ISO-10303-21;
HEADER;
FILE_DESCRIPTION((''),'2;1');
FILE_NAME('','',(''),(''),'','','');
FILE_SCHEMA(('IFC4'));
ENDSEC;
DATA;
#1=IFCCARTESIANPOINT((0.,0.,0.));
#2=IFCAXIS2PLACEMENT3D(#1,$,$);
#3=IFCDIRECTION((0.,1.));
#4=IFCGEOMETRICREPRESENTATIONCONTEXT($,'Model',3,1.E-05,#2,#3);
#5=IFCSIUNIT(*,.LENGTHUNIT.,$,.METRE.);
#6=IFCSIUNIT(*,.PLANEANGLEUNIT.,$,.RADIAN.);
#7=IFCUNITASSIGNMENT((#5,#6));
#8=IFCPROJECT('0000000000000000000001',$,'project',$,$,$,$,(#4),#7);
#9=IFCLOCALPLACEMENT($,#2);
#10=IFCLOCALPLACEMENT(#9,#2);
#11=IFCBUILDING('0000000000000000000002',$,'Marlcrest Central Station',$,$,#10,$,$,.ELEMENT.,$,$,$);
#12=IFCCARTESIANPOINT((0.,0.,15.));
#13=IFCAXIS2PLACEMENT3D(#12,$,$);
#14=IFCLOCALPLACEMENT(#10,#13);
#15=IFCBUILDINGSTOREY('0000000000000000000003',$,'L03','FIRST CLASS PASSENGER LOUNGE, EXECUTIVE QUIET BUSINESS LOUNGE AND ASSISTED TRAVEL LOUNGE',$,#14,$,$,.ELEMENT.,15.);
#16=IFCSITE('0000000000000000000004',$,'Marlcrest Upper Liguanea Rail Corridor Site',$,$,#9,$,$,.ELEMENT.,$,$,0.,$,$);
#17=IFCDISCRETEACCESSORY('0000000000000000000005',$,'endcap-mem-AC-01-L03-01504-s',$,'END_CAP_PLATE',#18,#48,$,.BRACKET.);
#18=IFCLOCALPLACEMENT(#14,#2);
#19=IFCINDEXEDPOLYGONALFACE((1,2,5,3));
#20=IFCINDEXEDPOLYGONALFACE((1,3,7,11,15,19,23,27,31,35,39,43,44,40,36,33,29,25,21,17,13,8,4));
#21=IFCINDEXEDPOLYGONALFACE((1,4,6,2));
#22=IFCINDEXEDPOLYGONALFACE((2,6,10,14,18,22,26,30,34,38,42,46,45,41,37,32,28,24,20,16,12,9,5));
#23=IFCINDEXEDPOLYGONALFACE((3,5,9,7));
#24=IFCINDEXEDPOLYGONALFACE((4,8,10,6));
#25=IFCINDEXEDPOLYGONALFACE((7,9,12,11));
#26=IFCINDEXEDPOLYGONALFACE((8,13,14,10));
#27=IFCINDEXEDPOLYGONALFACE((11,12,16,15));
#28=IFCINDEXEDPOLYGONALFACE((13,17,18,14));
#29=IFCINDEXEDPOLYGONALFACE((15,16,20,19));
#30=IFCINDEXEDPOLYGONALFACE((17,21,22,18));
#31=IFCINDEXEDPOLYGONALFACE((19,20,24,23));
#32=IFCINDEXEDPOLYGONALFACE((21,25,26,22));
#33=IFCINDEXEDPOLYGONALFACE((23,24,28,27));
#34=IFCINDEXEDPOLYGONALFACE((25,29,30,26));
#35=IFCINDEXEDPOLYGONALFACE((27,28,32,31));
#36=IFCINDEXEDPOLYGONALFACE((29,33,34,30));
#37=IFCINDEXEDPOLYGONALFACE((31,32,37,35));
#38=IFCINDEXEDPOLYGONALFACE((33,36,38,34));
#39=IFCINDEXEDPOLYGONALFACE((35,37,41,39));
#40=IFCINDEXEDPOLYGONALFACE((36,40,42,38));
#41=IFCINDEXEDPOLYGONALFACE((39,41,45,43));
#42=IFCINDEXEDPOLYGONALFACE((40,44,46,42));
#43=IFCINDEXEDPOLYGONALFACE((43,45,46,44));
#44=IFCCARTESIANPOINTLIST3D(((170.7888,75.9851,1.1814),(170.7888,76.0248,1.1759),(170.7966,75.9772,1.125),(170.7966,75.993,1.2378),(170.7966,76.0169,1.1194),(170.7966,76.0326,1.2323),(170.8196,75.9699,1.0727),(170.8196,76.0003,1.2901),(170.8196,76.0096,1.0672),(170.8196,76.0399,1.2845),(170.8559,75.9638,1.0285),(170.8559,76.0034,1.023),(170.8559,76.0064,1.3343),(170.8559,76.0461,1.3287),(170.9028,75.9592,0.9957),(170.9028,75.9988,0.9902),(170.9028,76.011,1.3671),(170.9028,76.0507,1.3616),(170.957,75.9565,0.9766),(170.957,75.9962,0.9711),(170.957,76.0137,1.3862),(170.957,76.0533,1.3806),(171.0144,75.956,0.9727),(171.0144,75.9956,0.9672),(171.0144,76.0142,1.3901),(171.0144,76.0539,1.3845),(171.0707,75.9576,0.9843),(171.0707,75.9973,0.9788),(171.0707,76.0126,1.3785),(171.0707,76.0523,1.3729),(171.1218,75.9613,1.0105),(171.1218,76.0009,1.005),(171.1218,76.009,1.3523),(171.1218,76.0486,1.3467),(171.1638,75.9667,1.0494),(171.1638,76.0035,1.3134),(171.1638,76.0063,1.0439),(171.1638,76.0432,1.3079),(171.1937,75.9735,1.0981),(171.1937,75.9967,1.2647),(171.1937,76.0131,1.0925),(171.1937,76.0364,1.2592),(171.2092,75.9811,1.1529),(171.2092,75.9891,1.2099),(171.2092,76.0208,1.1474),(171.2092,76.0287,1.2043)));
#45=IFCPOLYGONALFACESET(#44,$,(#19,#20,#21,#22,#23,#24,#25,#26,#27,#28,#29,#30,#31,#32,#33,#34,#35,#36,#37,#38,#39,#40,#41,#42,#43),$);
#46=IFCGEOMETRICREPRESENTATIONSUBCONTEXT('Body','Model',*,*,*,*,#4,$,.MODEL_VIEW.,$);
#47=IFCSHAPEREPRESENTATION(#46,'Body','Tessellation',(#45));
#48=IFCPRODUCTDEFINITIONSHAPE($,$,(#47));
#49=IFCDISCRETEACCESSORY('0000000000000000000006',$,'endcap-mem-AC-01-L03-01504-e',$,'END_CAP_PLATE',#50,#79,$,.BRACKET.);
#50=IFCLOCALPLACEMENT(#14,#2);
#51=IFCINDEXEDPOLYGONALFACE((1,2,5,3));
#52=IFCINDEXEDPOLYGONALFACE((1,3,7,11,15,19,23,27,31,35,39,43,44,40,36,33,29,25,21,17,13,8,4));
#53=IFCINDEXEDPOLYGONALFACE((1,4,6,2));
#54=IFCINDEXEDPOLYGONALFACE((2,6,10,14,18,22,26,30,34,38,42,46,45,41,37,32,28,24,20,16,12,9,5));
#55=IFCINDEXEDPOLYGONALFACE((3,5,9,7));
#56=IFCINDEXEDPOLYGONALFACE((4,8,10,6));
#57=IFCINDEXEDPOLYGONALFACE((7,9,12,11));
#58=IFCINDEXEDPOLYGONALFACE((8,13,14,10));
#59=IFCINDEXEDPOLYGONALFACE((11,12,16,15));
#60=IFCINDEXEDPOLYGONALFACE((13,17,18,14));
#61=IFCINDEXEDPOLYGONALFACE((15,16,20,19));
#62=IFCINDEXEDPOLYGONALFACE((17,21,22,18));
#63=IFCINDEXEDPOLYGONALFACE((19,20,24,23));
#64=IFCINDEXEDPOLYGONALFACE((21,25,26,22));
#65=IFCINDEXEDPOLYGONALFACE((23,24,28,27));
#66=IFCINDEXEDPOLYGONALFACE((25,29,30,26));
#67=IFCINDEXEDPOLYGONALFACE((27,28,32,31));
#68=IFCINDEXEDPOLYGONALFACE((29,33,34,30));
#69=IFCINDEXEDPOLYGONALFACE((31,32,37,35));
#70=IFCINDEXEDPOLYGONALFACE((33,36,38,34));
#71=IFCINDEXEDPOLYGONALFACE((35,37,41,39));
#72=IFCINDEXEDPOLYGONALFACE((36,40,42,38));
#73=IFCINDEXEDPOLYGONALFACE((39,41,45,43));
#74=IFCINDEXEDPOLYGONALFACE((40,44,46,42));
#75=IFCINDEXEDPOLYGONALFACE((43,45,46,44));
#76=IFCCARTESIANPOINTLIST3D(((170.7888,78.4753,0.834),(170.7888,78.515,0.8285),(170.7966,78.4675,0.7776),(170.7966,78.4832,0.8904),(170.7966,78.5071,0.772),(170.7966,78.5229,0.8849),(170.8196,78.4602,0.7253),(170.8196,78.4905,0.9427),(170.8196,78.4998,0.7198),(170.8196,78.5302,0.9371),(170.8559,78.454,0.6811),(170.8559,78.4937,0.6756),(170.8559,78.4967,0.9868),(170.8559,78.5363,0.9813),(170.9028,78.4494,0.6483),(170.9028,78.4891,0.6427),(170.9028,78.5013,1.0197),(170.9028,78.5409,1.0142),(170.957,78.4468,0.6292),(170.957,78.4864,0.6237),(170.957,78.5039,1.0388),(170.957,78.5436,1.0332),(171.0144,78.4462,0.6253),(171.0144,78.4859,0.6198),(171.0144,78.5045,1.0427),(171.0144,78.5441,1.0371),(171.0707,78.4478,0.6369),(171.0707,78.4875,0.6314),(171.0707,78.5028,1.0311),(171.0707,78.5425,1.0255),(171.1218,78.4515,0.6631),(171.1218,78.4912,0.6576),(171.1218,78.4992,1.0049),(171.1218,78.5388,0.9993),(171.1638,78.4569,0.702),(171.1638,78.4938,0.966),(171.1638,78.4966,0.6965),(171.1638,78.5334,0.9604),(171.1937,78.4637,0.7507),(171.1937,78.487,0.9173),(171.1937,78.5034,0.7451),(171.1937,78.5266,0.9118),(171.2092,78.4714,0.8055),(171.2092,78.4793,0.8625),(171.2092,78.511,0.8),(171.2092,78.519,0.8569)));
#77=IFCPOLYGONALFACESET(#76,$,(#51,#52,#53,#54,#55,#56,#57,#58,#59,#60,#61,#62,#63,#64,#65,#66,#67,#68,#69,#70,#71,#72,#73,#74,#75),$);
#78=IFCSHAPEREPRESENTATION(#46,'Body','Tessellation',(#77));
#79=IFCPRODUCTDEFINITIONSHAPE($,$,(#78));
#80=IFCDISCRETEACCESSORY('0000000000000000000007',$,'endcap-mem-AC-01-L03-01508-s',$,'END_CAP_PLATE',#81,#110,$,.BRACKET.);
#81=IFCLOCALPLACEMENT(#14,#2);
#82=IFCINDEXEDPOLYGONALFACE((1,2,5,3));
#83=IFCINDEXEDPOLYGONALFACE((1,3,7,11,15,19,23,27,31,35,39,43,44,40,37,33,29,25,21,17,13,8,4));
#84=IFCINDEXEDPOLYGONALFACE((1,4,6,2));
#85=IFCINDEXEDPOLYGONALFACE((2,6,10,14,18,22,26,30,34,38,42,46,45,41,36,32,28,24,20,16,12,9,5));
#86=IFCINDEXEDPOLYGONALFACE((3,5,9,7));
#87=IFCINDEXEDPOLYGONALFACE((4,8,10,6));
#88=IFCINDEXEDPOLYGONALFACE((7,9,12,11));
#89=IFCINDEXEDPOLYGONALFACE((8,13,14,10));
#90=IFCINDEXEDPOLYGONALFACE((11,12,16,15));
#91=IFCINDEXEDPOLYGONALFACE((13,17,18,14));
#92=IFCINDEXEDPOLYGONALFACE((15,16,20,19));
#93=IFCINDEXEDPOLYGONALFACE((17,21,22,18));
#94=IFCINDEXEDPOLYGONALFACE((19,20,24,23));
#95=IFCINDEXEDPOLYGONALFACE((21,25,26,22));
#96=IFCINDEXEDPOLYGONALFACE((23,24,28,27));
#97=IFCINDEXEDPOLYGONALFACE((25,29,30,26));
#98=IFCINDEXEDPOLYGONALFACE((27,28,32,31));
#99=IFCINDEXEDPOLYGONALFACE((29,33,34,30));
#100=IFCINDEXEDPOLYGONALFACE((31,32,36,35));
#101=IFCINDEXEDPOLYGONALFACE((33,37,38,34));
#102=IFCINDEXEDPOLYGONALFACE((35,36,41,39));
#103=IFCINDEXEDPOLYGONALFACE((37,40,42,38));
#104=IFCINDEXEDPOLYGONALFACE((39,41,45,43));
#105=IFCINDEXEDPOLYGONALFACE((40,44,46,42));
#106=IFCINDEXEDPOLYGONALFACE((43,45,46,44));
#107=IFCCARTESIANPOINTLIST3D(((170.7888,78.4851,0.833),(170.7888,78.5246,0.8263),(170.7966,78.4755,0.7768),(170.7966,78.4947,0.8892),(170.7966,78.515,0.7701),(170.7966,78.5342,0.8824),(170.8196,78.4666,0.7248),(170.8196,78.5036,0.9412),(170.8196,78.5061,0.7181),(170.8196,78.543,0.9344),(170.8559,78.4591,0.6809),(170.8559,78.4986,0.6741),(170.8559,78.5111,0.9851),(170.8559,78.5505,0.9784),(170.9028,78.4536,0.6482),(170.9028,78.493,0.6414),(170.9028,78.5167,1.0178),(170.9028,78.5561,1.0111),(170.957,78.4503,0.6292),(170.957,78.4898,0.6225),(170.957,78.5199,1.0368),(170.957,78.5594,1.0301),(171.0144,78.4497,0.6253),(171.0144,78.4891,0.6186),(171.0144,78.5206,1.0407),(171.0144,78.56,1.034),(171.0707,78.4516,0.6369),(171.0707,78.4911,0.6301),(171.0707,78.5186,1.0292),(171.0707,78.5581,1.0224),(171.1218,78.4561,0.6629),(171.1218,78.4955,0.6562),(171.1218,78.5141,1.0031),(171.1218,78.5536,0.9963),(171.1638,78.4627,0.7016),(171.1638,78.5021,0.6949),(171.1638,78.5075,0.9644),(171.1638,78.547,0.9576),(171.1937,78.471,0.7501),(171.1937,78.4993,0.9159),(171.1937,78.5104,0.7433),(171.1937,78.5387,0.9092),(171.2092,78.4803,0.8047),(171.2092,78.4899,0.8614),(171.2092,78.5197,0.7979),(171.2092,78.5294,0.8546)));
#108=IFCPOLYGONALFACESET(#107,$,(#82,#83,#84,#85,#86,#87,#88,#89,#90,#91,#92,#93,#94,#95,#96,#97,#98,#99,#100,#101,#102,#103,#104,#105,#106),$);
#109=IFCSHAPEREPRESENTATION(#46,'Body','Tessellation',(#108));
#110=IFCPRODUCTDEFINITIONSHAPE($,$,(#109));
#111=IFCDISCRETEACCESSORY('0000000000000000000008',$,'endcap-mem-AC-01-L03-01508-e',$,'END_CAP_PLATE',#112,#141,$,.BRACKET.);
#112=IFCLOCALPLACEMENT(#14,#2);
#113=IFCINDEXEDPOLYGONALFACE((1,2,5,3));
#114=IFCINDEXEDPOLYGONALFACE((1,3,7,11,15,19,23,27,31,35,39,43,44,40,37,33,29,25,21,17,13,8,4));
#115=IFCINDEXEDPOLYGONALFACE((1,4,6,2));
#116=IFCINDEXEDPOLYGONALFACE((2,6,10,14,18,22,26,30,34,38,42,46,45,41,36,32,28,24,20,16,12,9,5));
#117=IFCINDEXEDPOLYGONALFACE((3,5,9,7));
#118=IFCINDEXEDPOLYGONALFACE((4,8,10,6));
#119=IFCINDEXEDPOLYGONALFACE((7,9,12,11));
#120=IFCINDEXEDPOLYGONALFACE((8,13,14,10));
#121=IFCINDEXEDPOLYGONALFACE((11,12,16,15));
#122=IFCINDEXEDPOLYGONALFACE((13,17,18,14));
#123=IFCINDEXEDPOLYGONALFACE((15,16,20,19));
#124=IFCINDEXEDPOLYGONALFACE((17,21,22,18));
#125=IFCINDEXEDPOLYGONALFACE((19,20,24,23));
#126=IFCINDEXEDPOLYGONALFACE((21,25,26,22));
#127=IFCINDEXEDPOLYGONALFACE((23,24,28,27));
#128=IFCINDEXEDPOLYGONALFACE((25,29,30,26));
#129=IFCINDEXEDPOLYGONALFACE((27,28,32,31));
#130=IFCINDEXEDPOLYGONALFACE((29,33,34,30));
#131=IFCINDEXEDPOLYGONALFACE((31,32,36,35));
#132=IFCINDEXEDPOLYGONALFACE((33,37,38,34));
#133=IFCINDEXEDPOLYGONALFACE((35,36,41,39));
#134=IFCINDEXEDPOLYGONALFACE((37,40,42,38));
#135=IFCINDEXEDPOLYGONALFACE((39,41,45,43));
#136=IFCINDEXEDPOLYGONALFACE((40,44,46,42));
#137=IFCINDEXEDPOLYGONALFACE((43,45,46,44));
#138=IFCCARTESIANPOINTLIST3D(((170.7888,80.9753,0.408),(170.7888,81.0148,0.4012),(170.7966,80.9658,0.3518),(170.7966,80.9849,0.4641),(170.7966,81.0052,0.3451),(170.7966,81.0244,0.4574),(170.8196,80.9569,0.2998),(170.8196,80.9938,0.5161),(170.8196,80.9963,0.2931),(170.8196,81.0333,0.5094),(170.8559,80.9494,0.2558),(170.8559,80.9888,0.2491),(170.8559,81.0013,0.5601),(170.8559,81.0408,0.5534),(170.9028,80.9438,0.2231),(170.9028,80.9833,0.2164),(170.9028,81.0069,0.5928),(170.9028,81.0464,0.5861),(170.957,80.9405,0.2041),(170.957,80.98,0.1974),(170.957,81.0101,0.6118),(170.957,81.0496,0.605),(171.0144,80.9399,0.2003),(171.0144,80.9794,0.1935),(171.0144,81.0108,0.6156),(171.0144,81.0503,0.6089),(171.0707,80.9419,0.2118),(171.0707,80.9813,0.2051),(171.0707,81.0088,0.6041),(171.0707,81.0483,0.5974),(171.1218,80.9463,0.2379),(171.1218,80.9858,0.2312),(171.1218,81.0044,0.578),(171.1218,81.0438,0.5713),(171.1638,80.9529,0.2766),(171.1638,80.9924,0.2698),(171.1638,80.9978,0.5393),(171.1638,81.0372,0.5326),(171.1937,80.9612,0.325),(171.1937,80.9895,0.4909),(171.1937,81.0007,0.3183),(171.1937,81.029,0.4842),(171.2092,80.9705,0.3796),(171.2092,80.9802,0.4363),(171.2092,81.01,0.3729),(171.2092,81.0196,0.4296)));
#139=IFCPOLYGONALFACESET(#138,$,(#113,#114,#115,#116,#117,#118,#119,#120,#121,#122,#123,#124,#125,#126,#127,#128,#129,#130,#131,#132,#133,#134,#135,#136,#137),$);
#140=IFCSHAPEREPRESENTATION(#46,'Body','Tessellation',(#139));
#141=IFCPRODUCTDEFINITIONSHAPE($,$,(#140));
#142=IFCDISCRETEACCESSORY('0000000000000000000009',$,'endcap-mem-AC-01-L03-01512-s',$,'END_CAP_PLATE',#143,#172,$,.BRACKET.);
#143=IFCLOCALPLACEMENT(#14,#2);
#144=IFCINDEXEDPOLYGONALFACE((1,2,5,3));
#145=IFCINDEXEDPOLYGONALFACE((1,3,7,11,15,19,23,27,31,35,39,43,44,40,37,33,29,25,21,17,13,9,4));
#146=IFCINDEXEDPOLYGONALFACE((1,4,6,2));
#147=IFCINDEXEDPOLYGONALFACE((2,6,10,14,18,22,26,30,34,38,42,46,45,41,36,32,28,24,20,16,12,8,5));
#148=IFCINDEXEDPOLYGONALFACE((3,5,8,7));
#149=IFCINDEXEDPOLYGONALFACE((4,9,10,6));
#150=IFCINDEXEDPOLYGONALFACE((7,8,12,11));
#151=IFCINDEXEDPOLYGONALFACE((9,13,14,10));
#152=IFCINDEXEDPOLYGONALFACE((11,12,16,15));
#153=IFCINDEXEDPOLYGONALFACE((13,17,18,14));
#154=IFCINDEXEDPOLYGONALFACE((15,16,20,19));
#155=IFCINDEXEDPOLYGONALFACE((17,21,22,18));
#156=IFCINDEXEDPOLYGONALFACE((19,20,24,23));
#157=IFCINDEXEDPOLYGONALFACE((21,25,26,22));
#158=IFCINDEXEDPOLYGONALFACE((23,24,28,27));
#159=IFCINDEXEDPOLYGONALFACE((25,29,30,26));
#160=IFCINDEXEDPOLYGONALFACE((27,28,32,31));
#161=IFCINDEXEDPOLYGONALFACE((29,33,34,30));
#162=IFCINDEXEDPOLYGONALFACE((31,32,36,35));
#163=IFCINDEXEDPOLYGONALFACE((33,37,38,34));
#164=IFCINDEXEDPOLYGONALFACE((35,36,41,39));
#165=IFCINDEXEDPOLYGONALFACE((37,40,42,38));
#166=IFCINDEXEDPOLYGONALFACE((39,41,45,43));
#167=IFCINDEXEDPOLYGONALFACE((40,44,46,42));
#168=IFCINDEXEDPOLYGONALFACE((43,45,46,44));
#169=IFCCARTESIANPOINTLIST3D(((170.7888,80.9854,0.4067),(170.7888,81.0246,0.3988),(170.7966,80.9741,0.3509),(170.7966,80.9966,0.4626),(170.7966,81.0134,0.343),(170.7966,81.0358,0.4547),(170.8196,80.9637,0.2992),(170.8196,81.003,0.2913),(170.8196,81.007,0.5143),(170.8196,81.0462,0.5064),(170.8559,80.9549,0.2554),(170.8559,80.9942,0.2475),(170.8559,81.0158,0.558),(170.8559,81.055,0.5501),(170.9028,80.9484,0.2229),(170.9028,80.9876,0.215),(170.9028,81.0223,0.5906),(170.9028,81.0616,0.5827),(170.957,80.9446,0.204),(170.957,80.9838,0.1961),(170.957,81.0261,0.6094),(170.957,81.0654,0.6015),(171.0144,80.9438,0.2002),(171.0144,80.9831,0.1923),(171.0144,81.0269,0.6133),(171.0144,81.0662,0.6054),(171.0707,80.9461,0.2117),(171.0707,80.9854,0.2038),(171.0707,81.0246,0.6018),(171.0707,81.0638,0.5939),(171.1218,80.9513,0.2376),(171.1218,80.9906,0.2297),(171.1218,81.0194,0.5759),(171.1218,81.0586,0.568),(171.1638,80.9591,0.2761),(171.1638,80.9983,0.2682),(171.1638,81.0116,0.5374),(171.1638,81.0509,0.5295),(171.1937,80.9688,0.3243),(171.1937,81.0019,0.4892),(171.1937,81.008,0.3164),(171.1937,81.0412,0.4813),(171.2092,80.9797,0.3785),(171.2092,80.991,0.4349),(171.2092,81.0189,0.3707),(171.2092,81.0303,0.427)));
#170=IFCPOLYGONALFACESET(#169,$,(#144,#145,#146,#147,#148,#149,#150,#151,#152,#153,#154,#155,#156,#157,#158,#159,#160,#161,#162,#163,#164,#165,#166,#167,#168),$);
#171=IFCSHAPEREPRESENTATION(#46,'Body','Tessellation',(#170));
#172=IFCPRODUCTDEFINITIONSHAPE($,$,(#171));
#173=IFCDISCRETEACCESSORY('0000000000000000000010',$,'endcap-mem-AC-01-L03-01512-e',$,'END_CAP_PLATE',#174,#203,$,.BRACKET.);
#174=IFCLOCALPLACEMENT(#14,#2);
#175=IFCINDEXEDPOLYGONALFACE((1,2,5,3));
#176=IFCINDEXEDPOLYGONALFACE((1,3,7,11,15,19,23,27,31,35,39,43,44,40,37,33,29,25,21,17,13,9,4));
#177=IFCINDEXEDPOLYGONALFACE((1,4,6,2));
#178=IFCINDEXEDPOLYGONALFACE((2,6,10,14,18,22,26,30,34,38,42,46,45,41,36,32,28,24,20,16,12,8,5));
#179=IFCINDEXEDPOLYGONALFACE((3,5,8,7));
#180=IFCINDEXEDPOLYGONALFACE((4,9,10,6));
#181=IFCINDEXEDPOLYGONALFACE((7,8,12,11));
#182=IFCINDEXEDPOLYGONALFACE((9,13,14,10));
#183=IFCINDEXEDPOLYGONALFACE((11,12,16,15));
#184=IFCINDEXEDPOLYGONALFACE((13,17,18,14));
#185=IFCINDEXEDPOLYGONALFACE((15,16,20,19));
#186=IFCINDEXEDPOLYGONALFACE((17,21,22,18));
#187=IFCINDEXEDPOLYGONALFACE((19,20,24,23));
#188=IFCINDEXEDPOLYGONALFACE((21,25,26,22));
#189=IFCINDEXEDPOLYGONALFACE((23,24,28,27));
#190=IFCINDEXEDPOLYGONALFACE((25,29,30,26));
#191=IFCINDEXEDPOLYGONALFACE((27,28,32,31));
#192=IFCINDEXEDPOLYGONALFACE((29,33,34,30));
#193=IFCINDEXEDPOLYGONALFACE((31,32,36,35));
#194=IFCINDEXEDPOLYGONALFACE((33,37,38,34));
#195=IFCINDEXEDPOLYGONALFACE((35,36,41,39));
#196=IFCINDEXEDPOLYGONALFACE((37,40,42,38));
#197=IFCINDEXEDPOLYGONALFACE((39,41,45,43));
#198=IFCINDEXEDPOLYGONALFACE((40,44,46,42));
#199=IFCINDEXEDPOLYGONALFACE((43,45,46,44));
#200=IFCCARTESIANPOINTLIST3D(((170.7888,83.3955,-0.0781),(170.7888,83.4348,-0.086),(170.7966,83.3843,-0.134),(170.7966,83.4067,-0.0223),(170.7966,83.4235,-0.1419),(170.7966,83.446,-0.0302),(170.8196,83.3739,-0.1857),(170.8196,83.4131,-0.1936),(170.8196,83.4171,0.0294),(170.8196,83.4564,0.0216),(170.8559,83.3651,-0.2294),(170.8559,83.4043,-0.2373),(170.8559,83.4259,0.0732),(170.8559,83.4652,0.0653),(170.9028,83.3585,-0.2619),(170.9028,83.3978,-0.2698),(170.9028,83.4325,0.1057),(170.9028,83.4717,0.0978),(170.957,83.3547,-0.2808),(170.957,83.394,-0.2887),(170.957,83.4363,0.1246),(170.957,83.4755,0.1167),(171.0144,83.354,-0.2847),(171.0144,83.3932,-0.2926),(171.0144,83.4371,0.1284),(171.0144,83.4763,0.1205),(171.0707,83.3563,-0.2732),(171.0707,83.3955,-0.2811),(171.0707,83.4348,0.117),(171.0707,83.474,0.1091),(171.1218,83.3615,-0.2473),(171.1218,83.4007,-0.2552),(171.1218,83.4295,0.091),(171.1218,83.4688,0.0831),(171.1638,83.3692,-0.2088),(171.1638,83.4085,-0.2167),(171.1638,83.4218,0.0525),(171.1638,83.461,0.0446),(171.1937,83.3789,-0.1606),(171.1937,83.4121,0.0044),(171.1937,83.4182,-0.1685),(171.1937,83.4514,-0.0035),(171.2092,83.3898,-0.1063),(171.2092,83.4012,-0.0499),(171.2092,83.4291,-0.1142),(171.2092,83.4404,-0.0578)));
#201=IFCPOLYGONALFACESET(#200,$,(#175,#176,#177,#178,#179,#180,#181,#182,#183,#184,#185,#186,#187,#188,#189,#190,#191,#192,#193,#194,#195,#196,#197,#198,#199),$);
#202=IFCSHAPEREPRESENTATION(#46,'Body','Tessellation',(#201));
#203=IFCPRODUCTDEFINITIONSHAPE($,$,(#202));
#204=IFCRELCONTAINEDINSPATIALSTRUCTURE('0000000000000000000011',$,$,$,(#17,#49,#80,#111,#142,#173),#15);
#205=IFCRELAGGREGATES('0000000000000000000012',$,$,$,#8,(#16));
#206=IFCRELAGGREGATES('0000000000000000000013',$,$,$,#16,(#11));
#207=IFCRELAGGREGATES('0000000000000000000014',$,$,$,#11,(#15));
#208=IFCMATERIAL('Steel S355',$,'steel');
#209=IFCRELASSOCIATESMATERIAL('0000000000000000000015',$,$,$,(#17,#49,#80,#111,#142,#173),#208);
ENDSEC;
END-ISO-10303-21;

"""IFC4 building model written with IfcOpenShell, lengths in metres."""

from ifc_helpers import new_model, si_unit, direction, frame, origin, origin_2d, place, context, subcontext, project, spatial, circle, extrude, material, element, save


model = new_model("IFC4")

# Units and contexts
model_context = context("Model", 3, precision=1e-05, world=origin(), true_north=direction((0.0, 1.0)))
body_context = subcontext(model_context, "Body", "Model", "MODEL_VIEW")
ifc_project = project(units=[si_unit("LENGTHUNIT", "METRE"), si_unit("PLANEANGLEUNIT", "RADIAN")], contexts=[model_context])

# Site, building, storey
site_placement = place(None, origin())
site = spatial("IfcSite", under=ifc_project, at=site_placement, Name="Marlcrest Upper Liguanea Rail Corridor Site", CompositionType="ELEMENT", RefElevation=0.0)
building_placement = place(site_placement, origin())
building = spatial("IfcBuilding", under=site, at=building_placement, Name="Marlcrest Central Station", CompositionType="ELEMENT")
storey_placement = place(building_placement, frame((0.0, 0.0, 15.0)))
storey = spatial("IfcBuildingStorey", under=building, at=storey_placement, Name="L03", Description="FIRST CLASS PASSENGER LOUNGE, EXECUTIVE QUIET BUSINESS LOUNGE AND ASSISTED TRAVEL LOUNGE", CompositionType="ELEMENT", Elevation=15.0)

# Shared definitions
ifc_material_1 = material(Name="Steel S355", Category="steel")

# Discrete accessories
for number, where, z_axis, x_axis, name in (
    (1, (171.0, 75.9851, 1.1814), (0.0, 0.990403, -0.138211), (-1.0, 0.0, 0.0), "endcap-mem-AC-01-L03-01504-s"),
    (2, (171.0, 78.4753, 0.834), (0.0, 0.990403, -0.138211), (-1.0, 0.0, 0.0), "endcap-mem-AC-01-L03-01504-e"),
    (3, (171.0, 78.4851, 0.833), (0.0, 0.985741, -0.168269), (-1.0, 0.0, 0.0), "endcap-mem-AC-01-L03-01508-s"),
    (4, (171.0, 80.9753, 0.408), (0.0, 0.985741, -0.168269), (-1.0, 0.0, 0.0), "endcap-mem-AC-01-L03-01508-e"),
    (5, (171.0, 80.9854, 0.4067), (0.0, 0.980359, -0.197219), (-1.0, 0.0, 0.0), "endcap-mem-AC-01-L03-01512-s"),
    (6, (171.0, 83.3955, -0.0781), (0.0, 0.980359, -0.197219), (-1.0, 0.0, 0.0), "endcap-mem-AC-01-L03-01512-e"),
):
    element("IfcDiscreteAccessory", number, at=place(storey_placement, frame(where, z_axis=z_axis, x_axis=x_axis)), inside=storey, material=ifc_material_1, Name=name, ObjectType="END_CAP_PLATE", PredefinedType="BRACKET", context=body_context, shape_type="SweptSolid", body=[
        extrude(circle(Radius=0.2112, at=origin_2d()), origin(), (0.0, 0.0, 1.0), 0.04),
    ])

save(model, "model.ifc")
